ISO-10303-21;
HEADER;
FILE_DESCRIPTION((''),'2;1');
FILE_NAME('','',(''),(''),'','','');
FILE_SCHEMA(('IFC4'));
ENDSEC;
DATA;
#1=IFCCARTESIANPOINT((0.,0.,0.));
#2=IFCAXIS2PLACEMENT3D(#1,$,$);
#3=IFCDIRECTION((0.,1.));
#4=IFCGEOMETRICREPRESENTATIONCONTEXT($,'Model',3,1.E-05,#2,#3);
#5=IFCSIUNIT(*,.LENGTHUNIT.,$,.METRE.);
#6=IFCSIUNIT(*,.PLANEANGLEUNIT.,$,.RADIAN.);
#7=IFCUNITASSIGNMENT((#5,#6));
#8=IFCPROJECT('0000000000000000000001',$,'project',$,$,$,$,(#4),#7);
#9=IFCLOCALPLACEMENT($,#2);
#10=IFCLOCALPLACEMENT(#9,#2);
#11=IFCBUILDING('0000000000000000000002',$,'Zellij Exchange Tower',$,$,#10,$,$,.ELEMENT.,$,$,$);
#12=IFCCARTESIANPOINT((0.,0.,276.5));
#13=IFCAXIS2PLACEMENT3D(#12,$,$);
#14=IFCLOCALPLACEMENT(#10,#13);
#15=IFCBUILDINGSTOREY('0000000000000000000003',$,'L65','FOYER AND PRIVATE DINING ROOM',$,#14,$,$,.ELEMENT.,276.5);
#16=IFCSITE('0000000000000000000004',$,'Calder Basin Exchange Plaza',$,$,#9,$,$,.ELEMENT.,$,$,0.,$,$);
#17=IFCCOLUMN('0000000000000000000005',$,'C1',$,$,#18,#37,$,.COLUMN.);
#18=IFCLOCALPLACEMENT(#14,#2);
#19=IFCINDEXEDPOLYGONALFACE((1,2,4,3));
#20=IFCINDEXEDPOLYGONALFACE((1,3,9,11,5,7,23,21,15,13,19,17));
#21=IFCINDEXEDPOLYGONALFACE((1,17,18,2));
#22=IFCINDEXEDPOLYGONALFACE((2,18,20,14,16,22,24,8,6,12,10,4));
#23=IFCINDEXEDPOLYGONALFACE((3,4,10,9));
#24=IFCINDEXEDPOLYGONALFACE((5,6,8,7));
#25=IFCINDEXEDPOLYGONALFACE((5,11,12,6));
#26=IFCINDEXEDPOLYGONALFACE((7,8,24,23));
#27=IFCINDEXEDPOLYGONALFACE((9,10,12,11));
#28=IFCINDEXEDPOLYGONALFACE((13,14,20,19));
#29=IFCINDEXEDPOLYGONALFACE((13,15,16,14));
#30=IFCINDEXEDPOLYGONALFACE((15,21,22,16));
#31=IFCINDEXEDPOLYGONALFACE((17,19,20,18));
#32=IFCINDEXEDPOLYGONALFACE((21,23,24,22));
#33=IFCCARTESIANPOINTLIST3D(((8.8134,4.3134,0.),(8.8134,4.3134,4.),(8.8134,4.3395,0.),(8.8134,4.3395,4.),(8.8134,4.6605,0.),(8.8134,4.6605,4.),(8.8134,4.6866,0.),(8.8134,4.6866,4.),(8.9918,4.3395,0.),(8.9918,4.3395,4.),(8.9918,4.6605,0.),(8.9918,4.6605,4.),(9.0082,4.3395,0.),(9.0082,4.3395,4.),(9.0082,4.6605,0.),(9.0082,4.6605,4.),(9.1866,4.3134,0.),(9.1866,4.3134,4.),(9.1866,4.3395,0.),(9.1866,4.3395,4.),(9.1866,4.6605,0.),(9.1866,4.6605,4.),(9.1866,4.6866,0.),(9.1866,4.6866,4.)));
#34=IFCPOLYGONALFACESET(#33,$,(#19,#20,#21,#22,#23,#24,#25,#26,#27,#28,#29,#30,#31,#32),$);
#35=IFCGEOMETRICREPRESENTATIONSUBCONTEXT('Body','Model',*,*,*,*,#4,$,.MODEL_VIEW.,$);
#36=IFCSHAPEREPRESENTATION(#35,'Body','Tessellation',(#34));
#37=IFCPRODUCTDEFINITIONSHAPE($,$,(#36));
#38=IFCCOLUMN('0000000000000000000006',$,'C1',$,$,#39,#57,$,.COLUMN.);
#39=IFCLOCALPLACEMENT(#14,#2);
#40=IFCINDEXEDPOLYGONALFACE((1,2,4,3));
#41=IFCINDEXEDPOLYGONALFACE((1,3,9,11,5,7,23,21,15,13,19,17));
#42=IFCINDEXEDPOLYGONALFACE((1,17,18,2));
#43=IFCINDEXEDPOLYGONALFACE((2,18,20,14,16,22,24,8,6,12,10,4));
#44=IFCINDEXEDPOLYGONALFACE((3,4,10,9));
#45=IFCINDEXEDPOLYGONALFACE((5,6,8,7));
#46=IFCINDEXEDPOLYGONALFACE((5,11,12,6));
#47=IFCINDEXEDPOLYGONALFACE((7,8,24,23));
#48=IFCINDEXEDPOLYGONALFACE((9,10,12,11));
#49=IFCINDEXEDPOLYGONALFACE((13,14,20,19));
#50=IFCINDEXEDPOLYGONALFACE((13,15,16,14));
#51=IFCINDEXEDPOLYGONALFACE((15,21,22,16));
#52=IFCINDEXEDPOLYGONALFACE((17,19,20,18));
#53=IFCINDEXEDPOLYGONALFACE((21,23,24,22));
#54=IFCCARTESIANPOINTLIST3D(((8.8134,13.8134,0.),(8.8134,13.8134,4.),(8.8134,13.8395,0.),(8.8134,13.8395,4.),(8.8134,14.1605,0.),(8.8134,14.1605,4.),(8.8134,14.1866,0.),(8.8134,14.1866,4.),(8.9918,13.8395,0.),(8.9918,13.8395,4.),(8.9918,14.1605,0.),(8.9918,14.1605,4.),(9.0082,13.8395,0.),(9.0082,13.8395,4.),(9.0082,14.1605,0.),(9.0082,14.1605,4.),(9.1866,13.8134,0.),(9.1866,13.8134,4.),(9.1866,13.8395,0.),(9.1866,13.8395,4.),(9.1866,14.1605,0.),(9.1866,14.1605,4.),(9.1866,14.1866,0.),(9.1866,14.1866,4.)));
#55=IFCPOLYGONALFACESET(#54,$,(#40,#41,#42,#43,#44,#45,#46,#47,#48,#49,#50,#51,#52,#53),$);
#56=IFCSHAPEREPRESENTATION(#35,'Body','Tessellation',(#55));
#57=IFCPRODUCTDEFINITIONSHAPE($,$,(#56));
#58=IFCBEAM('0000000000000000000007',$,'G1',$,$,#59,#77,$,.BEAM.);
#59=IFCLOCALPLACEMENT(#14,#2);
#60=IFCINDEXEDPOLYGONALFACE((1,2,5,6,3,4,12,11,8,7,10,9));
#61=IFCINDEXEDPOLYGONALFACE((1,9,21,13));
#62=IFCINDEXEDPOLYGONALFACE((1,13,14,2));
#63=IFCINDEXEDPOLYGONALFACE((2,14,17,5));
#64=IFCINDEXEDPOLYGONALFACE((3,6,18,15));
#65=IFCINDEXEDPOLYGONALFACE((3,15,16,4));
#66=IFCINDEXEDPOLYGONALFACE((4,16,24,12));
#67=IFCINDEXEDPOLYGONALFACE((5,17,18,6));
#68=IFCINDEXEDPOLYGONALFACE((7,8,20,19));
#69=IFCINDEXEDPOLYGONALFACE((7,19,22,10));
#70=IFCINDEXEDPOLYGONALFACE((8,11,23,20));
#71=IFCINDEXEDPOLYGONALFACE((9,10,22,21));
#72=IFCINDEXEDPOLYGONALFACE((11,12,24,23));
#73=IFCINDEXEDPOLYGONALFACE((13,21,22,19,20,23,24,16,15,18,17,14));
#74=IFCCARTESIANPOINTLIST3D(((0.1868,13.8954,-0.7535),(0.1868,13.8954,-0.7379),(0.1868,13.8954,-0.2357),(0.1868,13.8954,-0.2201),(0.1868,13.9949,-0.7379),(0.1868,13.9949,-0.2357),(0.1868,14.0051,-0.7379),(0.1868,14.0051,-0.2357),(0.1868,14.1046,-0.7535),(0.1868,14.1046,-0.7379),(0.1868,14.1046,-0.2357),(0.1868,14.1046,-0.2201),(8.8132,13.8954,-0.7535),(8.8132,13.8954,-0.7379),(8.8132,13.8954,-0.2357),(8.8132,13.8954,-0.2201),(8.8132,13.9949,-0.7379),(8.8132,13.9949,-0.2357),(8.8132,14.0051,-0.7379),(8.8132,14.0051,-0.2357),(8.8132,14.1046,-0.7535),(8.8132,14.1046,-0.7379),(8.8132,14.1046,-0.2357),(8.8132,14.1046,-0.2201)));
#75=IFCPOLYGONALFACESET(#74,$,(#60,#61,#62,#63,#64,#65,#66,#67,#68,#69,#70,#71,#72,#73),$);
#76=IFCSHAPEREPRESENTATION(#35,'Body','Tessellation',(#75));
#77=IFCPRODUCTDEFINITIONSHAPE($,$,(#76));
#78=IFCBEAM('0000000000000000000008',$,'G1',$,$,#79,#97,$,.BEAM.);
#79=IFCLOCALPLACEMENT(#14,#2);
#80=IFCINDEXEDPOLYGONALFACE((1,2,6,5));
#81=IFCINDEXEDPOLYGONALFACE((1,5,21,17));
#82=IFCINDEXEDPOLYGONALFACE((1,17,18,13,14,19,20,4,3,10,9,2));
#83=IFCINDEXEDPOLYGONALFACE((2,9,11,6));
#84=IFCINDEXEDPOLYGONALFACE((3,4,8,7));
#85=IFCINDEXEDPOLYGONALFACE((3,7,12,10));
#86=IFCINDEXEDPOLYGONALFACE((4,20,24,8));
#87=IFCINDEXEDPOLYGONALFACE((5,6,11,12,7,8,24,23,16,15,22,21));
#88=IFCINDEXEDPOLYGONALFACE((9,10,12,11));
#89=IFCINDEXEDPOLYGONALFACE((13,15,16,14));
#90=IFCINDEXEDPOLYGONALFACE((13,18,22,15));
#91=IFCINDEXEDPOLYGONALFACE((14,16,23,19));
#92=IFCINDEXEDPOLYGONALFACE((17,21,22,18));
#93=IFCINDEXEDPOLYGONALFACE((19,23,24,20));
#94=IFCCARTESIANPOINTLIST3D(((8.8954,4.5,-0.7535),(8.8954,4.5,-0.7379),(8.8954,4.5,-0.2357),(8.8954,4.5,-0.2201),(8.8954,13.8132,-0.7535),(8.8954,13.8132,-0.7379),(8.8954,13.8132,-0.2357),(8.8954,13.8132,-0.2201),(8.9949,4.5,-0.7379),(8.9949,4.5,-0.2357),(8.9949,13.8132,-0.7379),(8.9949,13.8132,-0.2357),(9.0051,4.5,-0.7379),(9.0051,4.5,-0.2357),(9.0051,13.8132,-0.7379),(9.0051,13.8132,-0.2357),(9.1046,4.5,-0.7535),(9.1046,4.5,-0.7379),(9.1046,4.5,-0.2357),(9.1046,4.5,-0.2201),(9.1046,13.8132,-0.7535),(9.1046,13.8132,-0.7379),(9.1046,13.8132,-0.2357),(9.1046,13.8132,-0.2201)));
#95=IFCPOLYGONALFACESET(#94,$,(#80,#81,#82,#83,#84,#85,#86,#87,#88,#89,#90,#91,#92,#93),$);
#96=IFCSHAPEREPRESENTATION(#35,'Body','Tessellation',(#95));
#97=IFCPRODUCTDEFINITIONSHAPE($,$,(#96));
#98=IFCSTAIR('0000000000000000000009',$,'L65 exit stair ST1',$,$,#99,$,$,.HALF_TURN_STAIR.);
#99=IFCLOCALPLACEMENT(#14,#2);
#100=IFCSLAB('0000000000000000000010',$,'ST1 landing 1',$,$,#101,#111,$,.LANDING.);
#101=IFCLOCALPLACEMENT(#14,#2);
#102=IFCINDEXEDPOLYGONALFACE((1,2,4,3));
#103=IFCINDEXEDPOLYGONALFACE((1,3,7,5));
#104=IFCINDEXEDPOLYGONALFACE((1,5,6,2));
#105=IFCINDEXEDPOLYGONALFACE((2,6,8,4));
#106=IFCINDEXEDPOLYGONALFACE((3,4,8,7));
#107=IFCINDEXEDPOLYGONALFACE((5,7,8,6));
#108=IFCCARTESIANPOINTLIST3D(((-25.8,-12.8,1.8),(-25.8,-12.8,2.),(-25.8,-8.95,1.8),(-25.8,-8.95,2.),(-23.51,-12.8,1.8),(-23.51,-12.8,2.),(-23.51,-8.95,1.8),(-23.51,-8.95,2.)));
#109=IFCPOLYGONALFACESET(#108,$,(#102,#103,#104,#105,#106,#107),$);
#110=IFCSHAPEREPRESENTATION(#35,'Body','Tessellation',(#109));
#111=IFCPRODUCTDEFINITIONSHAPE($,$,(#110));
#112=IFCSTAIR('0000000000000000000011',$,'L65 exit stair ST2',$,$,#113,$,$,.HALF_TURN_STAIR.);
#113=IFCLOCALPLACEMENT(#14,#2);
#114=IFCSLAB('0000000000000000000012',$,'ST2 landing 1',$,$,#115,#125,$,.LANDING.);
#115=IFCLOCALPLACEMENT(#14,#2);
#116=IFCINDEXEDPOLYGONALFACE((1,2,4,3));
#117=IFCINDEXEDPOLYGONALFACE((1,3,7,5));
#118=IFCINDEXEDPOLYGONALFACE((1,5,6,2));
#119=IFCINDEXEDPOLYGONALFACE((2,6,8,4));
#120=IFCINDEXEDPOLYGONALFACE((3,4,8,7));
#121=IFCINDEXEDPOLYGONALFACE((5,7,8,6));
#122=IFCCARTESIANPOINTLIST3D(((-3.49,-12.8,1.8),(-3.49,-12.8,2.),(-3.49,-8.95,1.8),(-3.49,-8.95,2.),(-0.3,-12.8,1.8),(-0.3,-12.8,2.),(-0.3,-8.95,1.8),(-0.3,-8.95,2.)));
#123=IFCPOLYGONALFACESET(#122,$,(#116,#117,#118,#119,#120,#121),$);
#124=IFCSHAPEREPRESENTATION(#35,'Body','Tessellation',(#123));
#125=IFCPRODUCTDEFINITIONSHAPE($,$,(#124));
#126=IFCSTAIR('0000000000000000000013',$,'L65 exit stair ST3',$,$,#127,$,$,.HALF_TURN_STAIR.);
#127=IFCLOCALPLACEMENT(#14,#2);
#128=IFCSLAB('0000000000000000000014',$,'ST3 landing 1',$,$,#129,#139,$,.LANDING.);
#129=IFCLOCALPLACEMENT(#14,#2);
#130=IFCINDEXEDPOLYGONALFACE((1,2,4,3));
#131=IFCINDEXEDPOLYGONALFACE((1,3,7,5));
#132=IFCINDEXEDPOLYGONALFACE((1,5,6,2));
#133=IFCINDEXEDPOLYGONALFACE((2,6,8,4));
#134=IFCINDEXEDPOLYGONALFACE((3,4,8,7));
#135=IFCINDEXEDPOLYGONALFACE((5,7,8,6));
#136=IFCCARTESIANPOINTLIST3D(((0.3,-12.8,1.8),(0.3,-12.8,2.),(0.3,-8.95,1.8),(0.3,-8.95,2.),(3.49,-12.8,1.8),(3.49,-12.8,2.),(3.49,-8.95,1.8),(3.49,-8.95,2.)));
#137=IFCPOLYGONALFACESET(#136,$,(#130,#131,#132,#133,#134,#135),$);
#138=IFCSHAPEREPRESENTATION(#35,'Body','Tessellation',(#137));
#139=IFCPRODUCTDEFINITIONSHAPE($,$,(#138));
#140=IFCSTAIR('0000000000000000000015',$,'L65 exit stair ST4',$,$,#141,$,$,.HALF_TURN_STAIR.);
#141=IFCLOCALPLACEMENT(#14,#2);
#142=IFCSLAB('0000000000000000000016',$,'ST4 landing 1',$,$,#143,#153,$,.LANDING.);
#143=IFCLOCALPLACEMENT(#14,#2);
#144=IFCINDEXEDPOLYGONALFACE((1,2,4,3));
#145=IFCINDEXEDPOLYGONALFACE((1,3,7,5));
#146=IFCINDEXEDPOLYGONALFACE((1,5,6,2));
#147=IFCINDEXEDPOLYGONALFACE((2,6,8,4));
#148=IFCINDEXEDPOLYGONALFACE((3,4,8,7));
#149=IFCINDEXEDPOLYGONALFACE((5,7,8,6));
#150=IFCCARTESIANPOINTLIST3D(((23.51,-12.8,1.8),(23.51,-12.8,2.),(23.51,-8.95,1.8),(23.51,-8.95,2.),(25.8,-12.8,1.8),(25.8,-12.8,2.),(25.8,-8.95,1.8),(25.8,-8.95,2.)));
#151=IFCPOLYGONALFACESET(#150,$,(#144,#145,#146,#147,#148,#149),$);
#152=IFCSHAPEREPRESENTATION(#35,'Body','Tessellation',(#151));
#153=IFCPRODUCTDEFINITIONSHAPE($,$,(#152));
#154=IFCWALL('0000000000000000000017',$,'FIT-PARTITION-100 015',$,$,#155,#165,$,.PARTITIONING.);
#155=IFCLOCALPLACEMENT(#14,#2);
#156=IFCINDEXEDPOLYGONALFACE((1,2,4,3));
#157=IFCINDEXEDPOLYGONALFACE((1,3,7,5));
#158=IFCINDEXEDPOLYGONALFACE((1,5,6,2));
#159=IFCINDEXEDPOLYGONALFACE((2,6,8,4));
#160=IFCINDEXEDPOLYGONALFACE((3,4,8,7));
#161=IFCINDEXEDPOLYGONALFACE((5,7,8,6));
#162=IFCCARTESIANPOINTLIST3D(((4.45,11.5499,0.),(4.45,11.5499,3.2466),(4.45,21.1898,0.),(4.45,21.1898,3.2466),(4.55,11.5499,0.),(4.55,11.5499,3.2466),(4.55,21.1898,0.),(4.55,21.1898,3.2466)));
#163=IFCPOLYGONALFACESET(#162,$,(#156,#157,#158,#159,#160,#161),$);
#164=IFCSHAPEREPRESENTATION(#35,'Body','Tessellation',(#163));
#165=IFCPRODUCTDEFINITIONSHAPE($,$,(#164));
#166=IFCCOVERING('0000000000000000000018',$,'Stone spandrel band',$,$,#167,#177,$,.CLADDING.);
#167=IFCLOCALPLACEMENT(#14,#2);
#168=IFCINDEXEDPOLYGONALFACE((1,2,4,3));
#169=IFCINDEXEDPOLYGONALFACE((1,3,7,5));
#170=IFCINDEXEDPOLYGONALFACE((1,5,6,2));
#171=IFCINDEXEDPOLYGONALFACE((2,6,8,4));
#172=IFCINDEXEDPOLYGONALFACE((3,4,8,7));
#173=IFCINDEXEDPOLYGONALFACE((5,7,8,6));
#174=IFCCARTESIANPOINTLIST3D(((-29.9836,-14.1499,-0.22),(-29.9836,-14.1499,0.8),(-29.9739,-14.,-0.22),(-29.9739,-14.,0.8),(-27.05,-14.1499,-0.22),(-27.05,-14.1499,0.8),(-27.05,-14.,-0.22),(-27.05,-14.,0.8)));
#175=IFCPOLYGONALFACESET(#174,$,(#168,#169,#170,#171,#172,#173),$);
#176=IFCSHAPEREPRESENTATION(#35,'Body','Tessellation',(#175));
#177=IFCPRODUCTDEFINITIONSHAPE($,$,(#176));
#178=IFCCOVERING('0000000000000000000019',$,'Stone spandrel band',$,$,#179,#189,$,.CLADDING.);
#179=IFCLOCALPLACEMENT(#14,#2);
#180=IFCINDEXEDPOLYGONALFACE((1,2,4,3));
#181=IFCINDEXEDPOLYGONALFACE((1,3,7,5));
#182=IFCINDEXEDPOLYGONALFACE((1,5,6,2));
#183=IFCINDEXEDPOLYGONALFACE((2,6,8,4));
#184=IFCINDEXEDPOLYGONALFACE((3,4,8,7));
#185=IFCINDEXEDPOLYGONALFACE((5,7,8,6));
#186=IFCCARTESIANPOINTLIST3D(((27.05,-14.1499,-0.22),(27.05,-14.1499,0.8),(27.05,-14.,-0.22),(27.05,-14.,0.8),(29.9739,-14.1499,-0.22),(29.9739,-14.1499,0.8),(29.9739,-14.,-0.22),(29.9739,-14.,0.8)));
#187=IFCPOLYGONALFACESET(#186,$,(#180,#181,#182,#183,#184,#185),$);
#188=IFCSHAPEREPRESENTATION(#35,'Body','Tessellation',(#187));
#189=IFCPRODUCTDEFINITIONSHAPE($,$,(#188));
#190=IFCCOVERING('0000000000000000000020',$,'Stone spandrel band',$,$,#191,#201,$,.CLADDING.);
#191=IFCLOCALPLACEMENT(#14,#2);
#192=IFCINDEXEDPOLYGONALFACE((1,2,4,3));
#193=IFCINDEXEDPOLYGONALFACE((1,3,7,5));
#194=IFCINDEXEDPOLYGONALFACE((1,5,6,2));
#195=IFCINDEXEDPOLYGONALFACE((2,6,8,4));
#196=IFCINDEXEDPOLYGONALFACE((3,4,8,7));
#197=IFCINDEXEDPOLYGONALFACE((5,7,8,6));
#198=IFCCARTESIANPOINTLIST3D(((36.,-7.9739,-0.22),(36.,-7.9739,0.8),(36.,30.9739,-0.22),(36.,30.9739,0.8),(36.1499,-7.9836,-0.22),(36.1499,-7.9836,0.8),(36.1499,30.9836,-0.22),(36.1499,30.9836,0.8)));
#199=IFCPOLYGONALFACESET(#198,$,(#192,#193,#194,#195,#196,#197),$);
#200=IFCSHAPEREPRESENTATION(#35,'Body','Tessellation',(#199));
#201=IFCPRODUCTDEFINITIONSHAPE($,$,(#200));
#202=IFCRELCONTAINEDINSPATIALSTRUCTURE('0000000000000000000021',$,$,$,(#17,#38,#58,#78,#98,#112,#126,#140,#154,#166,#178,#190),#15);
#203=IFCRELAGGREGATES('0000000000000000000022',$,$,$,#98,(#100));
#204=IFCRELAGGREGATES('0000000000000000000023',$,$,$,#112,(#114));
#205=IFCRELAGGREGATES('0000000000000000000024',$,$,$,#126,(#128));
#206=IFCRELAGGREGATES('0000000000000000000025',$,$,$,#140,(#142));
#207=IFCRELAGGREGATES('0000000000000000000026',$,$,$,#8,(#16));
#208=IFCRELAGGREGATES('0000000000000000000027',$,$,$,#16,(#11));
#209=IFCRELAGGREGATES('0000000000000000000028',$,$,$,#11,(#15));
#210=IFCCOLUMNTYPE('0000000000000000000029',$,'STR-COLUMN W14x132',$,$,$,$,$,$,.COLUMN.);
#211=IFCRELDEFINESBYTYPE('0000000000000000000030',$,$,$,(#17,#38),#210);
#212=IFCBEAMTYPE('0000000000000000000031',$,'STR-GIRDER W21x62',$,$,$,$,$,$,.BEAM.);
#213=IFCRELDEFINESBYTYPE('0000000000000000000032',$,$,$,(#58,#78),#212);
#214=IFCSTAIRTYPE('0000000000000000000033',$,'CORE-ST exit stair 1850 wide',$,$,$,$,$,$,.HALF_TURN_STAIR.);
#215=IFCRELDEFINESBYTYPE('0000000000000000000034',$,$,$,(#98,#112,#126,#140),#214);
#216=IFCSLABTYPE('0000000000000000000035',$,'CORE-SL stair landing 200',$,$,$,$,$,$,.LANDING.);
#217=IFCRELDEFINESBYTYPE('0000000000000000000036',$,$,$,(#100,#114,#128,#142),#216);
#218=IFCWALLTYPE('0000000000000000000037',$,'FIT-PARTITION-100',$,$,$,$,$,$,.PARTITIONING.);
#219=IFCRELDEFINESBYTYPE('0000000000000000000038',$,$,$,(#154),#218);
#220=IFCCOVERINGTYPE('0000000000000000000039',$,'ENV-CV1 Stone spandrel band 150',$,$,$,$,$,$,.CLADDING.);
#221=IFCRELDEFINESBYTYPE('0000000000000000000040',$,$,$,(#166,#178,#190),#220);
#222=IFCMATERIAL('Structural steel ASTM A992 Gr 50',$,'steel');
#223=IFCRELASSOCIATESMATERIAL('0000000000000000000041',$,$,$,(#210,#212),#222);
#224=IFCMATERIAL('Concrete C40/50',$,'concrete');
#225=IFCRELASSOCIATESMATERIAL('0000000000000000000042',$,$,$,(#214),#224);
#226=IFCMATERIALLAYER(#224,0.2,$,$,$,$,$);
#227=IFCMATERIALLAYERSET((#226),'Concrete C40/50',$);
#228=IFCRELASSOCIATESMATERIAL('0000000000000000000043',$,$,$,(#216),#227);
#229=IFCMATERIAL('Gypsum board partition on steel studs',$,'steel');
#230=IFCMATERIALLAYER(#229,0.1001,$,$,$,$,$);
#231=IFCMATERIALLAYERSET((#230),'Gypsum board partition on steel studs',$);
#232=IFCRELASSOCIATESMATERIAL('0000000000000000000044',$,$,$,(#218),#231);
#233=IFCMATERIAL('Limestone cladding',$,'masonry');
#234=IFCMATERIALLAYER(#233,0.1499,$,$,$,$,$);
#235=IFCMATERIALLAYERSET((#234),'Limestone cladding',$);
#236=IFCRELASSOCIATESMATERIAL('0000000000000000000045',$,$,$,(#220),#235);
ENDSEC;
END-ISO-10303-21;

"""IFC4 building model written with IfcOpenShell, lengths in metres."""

from ifc_helpers import new_model, si_unit, direction, frame, frame_2d, origin, origin_2d, place, context, subcontext, project, spatial, polyline, rectangle, i_section, outline, extrude, material, layer, layer_set, material_profile, profile_set, type_object, element, aggregate, save


model = new_model("IFC4")

# Units and contexts
model_context = context("Model", 3, precision=1e-05, world=origin(), true_north=direction((0.0, 1.0)))
body_context = subcontext(model_context, "Body", "Model", "MODEL_VIEW")
ifc_project = project(units=[si_unit("LENGTHUNIT", "METRE"), si_unit("PLANEANGLEUNIT", "RADIAN")], contexts=[model_context])

# Site, building, storey
site_placement = place(None, origin())
site = spatial("IfcSite", under=ifc_project, at=site_placement, Name="Calder Basin Exchange Plaza", CompositionType="ELEMENT", RefElevation=0.0)
building_placement = place(site_placement, origin())
building = spatial("IfcBuilding", under=site, at=building_placement, Name="Zellij Exchange Tower", CompositionType="ELEMENT")
storey_placement = place(building_placement, frame((0.0, 0.0, 276.5)))
storey = spatial("IfcBuildingStorey", under=building, at=storey_placement, Name="L65", Description="FOYER AND PRIVATE DINING ROOM", CompositionType="ELEMENT", Elevation=276.5)

# Columns
ifc_material_1 = material(Name="Structural steel ASTM A992 Gr 50", Category="steel")
ifc_material_profile_1 = material_profile(ifc_material_1, i_section(OverallWidth=0.3733, OverallDepth=0.3733, WebThickness=0.0164, FlangeThickness=0.0261, at=origin_2d()), Name="W14x132")
ifc_profile_set_1 = profile_set([ifc_material_profile_1], Name="Structural steel ASTM A992 Gr 50")
column_type = type_object("IfcColumnType", Name="STR-COLUMN W14x132", PredefinedType="COLUMN", material=ifc_profile_set_1)
for number, where, z_axis, x_axis, name in (
    (1, (9.0, 4.5, 0.0), (0.0, 0.0, 1.0), (1.0, 0.0, 0.0), "C1"),
    (2, (9.0, 14.0, 0.0), (0.0, 0.0, 1.0), (1.0, 0.0, 0.0), "C1"),
):
    element("IfcColumn", number, at=place(storey_placement, frame(where, z_axis=z_axis, x_axis=x_axis)), inside=storey, type_object=column_type, Name=name, PredefinedType="COLUMN", context=body_context, shape_type="SweptSolid", body=[
        extrude(i_section(OverallWidth=0.3733, OverallDepth=0.3733, WebThickness=0.0164, FlangeThickness=0.0261, at=origin_2d()), origin(), (0.0, 0.0, 1.0), 4.0),
    ])

# Beams
ifc_material_profile_2 = material_profile(ifc_material_1, i_section(OverallWidth=0.2092, OverallDepth=0.5334, WebThickness=0.0103, FlangeThickness=0.0156, at=origin_2d()), Name="W21x62")
ifc_profile_set_2 = profile_set([ifc_material_profile_2], Name="Structural steel ASTM A992 Gr 50")
beam_type = type_object("IfcBeamType", Name="STR-GIRDER W21x62", PredefinedType="BEAM", material=ifc_profile_set_2)
beam_1_placement = place(storey_placement, frame((0.1868, 14.0, -0.4868), z_axis=(1.0, 0.0, 0.0), x_axis=(0.0, 1.0, 0.0)))
element("IfcBeam", 3, at=beam_1_placement, inside=storey, type_object=beam_type, Name="G1", PredefinedType="BEAM", context=body_context, shape_type="SweptSolid", body=[
    extrude(i_section(OverallWidth=0.2092, OverallDepth=0.5334, WebThickness=0.0103, FlangeThickness=0.0156, at=origin_2d()), origin(), (0.0, 0.0, 1.0), 8.6265),
])
beam_2_placement = place(storey_placement, frame((9.0, 4.5, -0.4868), z_axis=(0.0, 1.0, 0.0), x_axis=(-1.0, 0.0, 0.0)))
element("IfcBeam", 4, at=beam_2_placement, inside=storey, type_object=beam_type, Name="G1", PredefinedType="BEAM", context=body_context, shape_type="SweptSolid", body=[
    extrude(i_section(OverallWidth=0.2092, OverallDepth=0.5334, WebThickness=0.0103, FlangeThickness=0.0156, at=origin_2d()), origin(), (0.0, 0.0, 1.0), 9.3132),
])

# Stairs, slabs
ifc_material_2 = material(Name="Concrete C40/50", Category="concrete")
stair_type = type_object("IfcStairType", Name="CORE-ST exit stair 1850 wide", PredefinedType="HALF_TURN_STAIR", material=ifc_material_2)
stair_1_placement = place(storey_placement, origin())
stair_1 = element("IfcStair", 5, at=stair_1_placement, inside=storey, type_object=stair_type, Name="L65 exit stair ST1", PredefinedType="HALF_TURN_STAIR")
ifc_layer_1 = layer(ifc_material_2, 0.2)
ifc_layer_set_1 = layer_set([ifc_layer_1], Name="Concrete C40/50")
slab_type = type_object("IfcSlabType", Name="CORE-SL stair landing 200", PredefinedType="LANDING", material=ifc_layer_set_1)
slab_1_placement = place(storey_placement, frame((0.0, 0.0, 1.8)))
slab_1 = element("IfcSlab", 6, at=slab_1_placement, type_object=slab_type, Name="ST1 landing 1", PredefinedType="LANDING", context=body_context, shape_type="SweptSolid", body=[
    extrude(outline(polyline([(-23.51, -8.95), (-25.8, -8.95), (-25.8, -12.8), (-23.51, -12.8), (-23.51, -8.95)])), origin(), (0.0, 0.0, 1.0), 0.2),
])
aggregate(stair_1, [slab_1])
stair_2_placement = place(storey_placement, origin())
stair_2 = element("IfcStair", 7, at=stair_2_placement, inside=storey, type_object=stair_type, Name="L65 exit stair ST2", PredefinedType="HALF_TURN_STAIR")
slab_2_placement = place(storey_placement, frame((0.0, 0.0, 1.8)))
slab_2 = element("IfcSlab", 8, at=slab_2_placement, type_object=slab_type, Name="ST2 landing 1", PredefinedType="LANDING", context=body_context, shape_type="SweptSolid", body=[
    extrude(outline(polyline([(-3.49, -12.8), (-0.3, -12.8), (-0.3, -8.95), (-3.49, -8.95), (-3.49, -12.8)])), origin(), (0.0, 0.0, 1.0), 0.2),
])
aggregate(stair_2, [slab_2])
stair_3_placement = place(storey_placement, origin())
stair_3 = element("IfcStair", 9, at=stair_3_placement, inside=storey, type_object=stair_type, Name="L65 exit stair ST3", PredefinedType="HALF_TURN_STAIR")
slab_3_placement = place(storey_placement, frame((0.0, 0.0, 1.8)))
slab_3 = element("IfcSlab", 10, at=slab_3_placement, type_object=slab_type, Name="ST3 landing 1", PredefinedType="LANDING", context=body_context, shape_type="SweptSolid", body=[
    extrude(outline(polyline([(3.49, -8.95), (0.3, -8.95), (0.3, -12.8), (3.49, -12.8), (3.49, -8.95)])), origin(), (0.0, 0.0, 1.0), 0.2),
])
aggregate(stair_3, [slab_3])
stair_4_placement = place(storey_placement, origin())
stair_4 = element("IfcStair", 11, at=stair_4_placement, inside=storey, type_object=stair_type, Name="L65 exit stair ST4", PredefinedType="HALF_TURN_STAIR")
slab_4_placement = place(storey_placement, frame((0.0, 0.0, 1.8)))
slab_4 = element("IfcSlab", 12, at=slab_4_placement, type_object=slab_type, Name="ST4 landing 1", PredefinedType="LANDING", context=body_context, shape_type="SweptSolid", body=[
    extrude(outline(polyline([(23.51, -12.8), (25.8, -12.8), (25.8, -8.95), (23.51, -8.95), (23.51, -12.8)])), origin(), (0.0, 0.0, 1.0), 0.2),
])
aggregate(stair_4, [slab_4])

# Wall
ifc_material_3 = material(Name="Gypsum board partition on steel studs", Category="steel")
ifc_layer_2 = layer(ifc_material_3, 0.1001)
ifc_layer_set_2 = layer_set([ifc_layer_2], Name="Gypsum board partition on steel studs")
wall_type = type_object("IfcWallType", Name="FIT-PARTITION-100", PredefinedType="PARTITIONING", material=ifc_layer_set_2)
wall_placement = place(storey_placement, frame((4.5, 11.55, 0.0), z_axis=(0.0, 0.0, 1.0), x_axis=(0.0, 1.0, 0.0)))
element("IfcWall", 13, at=wall_placement, inside=storey, type_object=wall_type, Name="FIT-PARTITION-100 015", PredefinedType="PARTITIONING", context=body_context, shape_type="SweptSolid", body=[
    extrude(rectangle(XDim=9.6399, YDim=0.1001, at=frame_2d((4.8198, 0.0))), origin(), (0.0, 0.0, 1.0), 3.2466),
])

# Coverings
ifc_material_4 = material(Name="Limestone cladding", Category="masonry")
ifc_layer_3 = layer(ifc_material_4, 0.1499)
ifc_layer_set_3 = layer_set([ifc_layer_3], Name="Limestone cladding")
covering_type_1 = type_object("IfcCoveringType", Name="ENV-CV1 Stone spandrel band 150", PredefinedType="CLADDING", material=ifc_layer_set_3)
covering_1_placement = place(storey_placement, frame((0.0, 0.0, -0.22)))
element("IfcCovering", 14, at=covering_1_placement, inside=storey, type_object=covering_type_1, Name="Stone spandrel band", PredefinedType="CLADDING", context=body_context, shape_type="SweptSolid", body=[
    extrude(outline(polyline([(-29.9739, -14.0), (-27.05, -14.0), (-27.05, -14.1499), (-29.9836, -14.1499), (-29.9739, -14.0)])), origin(), (0.0, 0.0, 1.0), 1.02),
])
covering_2_placement = place(storey_placement, frame((0.0, 0.0, -0.22)))
element("IfcCovering", 15, at=covering_2_placement, inside=storey, type_object=covering_type_1, Name="Stone spandrel band", PredefinedType="CLADDING", context=body_context, shape_type="SweptSolid", body=[
    extrude(outline(polyline([(27.05, -14.0), (29.9739, -14.0), (29.9739, -14.1499), (27.05, -14.1499), (27.05, -14.0)])), origin(), (0.0, 0.0, 1.0), 1.02),
])
covering_3_placement = place(storey_placement, frame((0.0, 0.0, -0.22)))
element("IfcCovering", 16, at=covering_3_placement, inside=storey, type_object=covering_type_1, Name="Stone spandrel band", PredefinedType="CLADDING", context=body_context, shape_type="SweptSolid", body=[
    extrude(outline(polyline([(36.0, -7.9739), (36.0, 30.9739), (36.1499, 30.9836), (36.1499, -7.9836), (36.0, -7.9739)])), origin(), (0.0, 0.0, 1.0), 1.02),
])

save(model, "model.ifc")
